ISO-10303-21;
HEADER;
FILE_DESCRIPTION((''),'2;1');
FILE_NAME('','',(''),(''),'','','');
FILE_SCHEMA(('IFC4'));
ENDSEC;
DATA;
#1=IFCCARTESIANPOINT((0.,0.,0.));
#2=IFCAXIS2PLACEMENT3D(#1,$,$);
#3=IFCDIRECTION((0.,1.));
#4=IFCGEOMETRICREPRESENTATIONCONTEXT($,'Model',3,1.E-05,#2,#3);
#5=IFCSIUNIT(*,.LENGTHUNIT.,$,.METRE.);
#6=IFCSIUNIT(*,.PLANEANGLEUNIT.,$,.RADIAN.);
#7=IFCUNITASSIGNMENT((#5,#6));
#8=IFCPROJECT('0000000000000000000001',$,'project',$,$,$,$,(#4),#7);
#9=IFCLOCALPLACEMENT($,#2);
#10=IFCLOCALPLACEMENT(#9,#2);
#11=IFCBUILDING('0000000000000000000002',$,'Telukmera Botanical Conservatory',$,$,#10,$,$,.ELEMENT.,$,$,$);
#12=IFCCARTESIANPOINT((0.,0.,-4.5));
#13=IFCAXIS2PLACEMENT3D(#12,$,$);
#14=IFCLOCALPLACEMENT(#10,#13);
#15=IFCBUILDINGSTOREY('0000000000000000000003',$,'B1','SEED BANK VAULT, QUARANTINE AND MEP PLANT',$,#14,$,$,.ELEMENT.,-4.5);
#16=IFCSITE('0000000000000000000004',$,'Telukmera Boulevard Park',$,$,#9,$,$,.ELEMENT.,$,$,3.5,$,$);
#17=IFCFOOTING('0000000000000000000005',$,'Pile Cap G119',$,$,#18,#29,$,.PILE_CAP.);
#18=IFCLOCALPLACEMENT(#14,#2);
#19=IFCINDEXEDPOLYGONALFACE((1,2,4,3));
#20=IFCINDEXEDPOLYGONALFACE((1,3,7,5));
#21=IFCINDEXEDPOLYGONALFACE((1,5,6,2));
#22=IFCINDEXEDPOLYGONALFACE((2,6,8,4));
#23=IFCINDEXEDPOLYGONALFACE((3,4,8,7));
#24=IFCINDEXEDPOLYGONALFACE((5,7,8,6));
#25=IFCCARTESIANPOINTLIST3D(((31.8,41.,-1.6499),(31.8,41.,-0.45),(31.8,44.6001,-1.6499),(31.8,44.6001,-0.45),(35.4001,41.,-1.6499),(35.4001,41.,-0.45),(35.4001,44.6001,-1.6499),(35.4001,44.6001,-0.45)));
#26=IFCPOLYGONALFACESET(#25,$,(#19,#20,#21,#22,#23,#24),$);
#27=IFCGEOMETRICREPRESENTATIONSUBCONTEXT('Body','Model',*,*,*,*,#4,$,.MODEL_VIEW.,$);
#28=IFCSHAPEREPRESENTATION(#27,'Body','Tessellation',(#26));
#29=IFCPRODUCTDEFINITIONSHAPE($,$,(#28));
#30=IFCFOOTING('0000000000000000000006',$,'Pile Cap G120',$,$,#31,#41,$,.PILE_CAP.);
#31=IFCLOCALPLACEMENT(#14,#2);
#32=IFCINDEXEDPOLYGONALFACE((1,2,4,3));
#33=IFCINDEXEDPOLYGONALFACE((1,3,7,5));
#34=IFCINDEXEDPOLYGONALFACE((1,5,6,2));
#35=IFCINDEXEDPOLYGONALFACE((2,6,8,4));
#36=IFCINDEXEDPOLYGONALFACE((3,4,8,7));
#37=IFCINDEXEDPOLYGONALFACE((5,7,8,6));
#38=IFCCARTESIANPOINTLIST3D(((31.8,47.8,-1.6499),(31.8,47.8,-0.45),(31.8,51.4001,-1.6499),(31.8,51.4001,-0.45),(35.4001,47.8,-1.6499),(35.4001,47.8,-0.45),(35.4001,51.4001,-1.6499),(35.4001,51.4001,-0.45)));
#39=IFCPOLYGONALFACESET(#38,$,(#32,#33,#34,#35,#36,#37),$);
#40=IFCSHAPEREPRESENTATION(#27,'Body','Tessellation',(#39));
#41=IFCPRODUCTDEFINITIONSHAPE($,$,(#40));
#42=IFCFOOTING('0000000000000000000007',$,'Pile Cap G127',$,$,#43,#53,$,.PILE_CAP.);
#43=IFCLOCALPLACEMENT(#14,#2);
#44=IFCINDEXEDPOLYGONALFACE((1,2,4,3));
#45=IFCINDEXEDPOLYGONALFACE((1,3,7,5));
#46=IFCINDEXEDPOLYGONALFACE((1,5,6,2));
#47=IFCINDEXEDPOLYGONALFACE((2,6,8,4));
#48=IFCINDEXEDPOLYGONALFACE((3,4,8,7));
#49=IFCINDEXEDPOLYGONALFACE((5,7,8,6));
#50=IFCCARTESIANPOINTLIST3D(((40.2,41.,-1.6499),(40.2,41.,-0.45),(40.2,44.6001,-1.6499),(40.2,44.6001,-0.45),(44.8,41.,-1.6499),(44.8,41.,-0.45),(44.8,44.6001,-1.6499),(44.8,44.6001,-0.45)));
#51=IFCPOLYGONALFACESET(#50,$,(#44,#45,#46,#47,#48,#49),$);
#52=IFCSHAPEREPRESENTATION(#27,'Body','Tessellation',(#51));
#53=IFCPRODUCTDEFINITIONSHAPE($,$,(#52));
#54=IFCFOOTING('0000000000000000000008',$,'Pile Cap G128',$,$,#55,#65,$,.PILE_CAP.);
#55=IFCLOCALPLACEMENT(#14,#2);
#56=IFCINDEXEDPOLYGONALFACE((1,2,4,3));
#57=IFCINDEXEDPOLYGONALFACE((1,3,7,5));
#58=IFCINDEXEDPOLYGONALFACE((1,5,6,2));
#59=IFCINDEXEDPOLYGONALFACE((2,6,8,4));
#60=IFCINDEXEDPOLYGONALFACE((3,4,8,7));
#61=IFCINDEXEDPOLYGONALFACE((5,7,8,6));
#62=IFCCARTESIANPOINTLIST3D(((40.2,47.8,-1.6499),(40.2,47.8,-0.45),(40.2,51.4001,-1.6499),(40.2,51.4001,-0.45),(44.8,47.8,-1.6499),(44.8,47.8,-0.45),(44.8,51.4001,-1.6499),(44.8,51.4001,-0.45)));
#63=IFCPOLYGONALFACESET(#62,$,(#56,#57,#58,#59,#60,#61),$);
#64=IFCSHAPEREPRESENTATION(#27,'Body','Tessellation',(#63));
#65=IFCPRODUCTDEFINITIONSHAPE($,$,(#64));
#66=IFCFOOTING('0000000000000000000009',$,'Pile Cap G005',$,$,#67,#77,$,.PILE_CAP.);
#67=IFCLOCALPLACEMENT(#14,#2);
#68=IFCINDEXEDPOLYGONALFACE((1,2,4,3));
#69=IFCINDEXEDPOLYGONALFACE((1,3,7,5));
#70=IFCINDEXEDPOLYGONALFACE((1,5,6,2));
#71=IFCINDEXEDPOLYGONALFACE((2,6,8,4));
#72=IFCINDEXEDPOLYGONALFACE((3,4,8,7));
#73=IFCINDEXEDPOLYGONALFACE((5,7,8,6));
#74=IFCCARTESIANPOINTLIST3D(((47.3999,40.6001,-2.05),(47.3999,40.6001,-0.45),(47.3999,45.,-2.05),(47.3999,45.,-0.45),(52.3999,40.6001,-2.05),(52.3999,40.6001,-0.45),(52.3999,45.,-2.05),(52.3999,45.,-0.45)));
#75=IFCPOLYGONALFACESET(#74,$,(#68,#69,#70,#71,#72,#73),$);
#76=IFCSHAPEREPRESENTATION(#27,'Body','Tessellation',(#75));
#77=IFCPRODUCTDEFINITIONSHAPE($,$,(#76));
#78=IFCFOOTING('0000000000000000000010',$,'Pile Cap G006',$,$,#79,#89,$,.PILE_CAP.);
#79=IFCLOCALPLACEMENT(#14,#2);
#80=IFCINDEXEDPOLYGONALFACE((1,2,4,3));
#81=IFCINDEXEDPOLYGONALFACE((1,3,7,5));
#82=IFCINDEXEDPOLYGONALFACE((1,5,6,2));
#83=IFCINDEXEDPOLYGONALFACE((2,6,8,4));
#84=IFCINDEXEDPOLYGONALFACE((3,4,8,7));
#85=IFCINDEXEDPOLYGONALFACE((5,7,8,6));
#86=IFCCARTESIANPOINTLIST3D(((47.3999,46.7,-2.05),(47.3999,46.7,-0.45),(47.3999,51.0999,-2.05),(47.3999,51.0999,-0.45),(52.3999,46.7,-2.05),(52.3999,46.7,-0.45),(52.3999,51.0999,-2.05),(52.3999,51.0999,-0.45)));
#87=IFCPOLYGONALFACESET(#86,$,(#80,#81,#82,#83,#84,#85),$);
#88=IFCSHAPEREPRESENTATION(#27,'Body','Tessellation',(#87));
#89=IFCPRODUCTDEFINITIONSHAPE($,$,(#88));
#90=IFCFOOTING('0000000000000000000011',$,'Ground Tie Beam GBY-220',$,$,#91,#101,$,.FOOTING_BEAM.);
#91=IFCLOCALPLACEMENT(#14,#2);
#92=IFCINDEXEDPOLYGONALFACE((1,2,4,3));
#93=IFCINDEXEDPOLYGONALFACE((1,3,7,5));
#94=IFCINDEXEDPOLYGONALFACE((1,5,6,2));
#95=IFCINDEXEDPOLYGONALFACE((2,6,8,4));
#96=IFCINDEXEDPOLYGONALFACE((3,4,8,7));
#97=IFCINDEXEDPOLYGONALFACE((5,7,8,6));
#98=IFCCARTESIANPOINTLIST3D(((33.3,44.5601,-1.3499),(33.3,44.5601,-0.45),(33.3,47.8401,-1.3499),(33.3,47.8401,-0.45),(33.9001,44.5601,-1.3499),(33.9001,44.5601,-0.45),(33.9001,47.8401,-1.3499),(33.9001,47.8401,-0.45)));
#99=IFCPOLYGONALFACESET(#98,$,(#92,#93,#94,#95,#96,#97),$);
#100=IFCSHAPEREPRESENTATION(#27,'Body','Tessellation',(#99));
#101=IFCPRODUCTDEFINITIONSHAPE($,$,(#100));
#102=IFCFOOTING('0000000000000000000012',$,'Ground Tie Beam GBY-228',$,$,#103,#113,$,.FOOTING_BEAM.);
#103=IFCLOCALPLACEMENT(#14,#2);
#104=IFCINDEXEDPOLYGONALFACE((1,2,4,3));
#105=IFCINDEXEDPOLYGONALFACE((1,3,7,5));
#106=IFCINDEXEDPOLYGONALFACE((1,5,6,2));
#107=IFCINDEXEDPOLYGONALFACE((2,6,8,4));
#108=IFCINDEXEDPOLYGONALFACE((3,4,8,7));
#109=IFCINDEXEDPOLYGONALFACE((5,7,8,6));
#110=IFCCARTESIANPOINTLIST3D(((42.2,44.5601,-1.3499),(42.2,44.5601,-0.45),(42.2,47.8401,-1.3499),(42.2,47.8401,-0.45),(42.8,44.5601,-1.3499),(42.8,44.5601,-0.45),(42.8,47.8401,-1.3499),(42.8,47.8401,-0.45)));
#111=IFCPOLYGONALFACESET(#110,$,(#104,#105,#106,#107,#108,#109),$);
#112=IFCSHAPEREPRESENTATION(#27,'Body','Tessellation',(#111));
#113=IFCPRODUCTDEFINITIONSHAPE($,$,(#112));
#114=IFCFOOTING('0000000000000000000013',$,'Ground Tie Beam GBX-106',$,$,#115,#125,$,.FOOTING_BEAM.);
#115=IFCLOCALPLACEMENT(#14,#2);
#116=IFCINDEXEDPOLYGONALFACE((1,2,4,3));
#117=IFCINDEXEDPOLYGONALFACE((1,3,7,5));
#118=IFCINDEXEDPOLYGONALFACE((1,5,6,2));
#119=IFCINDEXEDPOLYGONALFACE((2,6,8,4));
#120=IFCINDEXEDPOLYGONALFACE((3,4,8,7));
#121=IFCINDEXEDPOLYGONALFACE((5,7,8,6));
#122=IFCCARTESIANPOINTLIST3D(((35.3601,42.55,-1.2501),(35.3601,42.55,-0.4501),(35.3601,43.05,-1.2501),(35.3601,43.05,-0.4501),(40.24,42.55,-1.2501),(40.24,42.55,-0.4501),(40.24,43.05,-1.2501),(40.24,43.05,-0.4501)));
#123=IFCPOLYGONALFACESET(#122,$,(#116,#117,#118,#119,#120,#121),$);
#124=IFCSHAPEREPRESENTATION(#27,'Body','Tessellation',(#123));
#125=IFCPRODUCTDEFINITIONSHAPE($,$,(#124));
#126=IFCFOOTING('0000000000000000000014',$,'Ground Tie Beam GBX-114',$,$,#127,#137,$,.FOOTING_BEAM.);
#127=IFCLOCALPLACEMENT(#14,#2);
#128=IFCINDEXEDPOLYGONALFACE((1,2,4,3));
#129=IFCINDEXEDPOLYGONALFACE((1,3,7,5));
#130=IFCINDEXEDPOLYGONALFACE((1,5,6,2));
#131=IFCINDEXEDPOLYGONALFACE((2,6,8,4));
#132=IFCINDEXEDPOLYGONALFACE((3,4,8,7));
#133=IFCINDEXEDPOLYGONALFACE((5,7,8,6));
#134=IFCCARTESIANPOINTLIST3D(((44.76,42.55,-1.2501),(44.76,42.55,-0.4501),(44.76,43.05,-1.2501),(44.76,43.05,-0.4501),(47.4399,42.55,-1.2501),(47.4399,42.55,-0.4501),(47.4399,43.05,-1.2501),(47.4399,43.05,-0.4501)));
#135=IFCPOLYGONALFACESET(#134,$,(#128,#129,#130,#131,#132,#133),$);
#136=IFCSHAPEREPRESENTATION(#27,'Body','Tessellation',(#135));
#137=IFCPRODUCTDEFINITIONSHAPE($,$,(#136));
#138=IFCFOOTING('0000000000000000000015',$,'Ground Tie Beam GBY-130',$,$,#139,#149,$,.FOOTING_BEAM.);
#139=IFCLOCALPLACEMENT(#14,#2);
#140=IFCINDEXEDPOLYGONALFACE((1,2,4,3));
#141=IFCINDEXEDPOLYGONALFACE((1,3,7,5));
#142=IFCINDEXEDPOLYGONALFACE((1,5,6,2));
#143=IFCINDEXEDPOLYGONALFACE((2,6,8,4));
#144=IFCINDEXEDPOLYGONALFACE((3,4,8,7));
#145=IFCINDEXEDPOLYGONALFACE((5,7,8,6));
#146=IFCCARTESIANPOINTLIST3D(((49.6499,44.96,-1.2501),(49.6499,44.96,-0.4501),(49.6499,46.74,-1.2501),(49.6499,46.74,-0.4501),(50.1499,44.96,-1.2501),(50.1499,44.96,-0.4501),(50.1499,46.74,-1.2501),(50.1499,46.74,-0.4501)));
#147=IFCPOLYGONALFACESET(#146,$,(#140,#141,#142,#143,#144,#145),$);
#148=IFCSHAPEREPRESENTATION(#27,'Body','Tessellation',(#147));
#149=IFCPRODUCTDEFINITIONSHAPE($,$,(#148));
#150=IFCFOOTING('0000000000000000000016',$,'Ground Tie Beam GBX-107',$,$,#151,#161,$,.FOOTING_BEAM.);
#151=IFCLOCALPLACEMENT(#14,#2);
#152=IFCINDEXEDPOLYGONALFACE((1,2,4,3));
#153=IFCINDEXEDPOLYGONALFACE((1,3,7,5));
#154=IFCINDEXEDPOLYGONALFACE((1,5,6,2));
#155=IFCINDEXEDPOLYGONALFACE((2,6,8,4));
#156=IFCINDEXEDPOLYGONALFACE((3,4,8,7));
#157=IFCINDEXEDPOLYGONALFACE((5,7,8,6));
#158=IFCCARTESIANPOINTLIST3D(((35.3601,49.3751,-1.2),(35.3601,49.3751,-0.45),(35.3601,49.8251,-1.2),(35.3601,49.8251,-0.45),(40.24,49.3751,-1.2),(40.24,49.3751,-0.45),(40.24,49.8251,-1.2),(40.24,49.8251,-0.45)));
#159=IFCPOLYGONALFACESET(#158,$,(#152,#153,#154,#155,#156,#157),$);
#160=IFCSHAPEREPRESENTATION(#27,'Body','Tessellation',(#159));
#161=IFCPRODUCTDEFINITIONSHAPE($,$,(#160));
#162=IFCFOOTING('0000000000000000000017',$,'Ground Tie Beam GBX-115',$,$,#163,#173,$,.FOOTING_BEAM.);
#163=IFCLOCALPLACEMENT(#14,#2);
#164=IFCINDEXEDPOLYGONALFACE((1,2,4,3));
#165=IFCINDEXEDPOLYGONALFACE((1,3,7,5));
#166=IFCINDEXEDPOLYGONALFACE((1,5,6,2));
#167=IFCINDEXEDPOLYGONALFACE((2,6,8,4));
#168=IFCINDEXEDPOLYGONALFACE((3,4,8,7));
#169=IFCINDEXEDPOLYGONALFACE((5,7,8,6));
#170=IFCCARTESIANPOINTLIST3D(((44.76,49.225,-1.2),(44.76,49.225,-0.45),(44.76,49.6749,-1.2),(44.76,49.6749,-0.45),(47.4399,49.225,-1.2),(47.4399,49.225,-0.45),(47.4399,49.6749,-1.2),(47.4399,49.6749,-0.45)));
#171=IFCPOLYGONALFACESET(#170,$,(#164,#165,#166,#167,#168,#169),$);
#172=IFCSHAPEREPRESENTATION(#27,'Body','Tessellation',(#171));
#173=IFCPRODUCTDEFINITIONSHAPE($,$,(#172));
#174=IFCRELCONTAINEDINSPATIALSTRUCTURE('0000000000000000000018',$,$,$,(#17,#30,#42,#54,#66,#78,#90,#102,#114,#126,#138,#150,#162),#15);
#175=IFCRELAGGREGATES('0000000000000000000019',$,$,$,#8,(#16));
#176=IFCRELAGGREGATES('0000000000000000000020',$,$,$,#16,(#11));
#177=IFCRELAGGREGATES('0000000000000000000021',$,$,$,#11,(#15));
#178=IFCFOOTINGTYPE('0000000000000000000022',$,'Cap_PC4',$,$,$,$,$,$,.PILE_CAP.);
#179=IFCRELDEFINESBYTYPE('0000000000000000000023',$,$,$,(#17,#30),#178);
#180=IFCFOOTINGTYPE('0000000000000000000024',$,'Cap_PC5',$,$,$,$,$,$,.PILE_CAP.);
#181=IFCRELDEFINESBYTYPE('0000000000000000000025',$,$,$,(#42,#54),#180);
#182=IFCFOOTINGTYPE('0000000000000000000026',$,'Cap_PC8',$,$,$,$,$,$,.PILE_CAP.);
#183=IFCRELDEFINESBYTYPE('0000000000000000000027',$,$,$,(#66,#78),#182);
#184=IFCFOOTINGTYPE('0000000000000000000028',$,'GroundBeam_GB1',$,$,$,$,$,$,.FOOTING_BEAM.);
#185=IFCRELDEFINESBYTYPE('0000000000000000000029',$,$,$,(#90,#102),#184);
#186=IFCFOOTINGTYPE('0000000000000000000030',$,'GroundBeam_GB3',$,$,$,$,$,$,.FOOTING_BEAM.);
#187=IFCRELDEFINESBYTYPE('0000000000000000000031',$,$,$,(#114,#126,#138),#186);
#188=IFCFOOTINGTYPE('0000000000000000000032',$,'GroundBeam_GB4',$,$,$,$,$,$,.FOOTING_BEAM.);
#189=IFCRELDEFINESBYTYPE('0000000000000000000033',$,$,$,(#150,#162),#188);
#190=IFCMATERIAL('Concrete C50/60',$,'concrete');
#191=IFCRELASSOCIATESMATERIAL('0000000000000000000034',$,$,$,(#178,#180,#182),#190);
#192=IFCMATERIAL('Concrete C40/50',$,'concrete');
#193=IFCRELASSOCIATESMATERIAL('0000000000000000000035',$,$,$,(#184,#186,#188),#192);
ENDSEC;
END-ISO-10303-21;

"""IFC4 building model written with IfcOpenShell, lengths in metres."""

from ifc_helpers import new_model, si_unit, direction, frame, origin, origin_2d, place, context, subcontext, project, spatial, rectangle, extrude, material, material_profile, profile_set, type_object, element, save


model = new_model("IFC4")

# Units and contexts
model_context = context("Model", 3, precision=1e-05, world=origin(), true_north=direction((0.0, 1.0)))
body_context = subcontext(model_context, "Body", "Model", "MODEL_VIEW")
ifc_project = project(units=[si_unit("LENGTHUNIT", "METRE"), si_unit("PLANEANGLEUNIT", "RADIAN")], contexts=[model_context])

# Site, building, storey
site_placement = place(None, origin())
site = spatial("IfcSite", under=ifc_project, at=site_placement, Name="Telukmera Boulevard Park", CompositionType="ELEMENT", RefElevation=3.5)
building_placement = place(site_placement, origin())
building = spatial("IfcBuilding", under=site, at=building_placement, Name="Telukmera Botanical Conservatory", CompositionType="ELEMENT")
storey_placement = place(building_placement, frame((0.0, 0.0, -4.5)))
storey = spatial("IfcBuildingStorey", under=building, at=storey_placement, Name="B1", Description="SEED BANK VAULT, QUARANTINE AND MEP PLANT", CompositionType="ELEMENT", Elevation=-4.5)

# Footings
ifc_material_1 = material(Name="Concrete C50/60", Category="concrete")
footing_type_1 = type_object("IfcFootingType", Name="Cap_PC4", PredefinedType="PILE_CAP", material=ifc_material_1)
for number, where, z_axis, x_axis, name in (
    (1, (33.6001, 42.8, -1.6499), (0.0, 0.0, 1.0), (1.0, 0.0, 0.0), "Pile Cap G119"),
    (2, (33.6001, 49.6001, -1.6499), (0.0, 0.0, 1.0), (1.0, 0.0, 0.0), "Pile Cap G120"),
):
    element("IfcFooting", number, at=place(storey_placement, frame(where, z_axis=z_axis, x_axis=x_axis)), inside=storey, type_object=footing_type_1, Name=name, PredefinedType="PILE_CAP", context=body_context, shape_type="SweptSolid", body=[
        extrude(rectangle(XDim=3.6001, YDim=3.6001, at=origin_2d()), origin(), (0.0, 0.0, 1.0), 1.2),
    ])
footing_type_2 = type_object("IfcFootingType", Name="Cap_PC5", PredefinedType="PILE_CAP", material=ifc_material_1)
for number, where, z_axis, x_axis, name in (
    (3, (42.5, 42.8, -1.6499), (0.0, 0.0, 1.0), (1.0, 0.0, 0.0), "Pile Cap G127"),
    (4, (42.5, 49.6001, -1.6499), (0.0, 0.0, 1.0), (1.0, 0.0, 0.0), "Pile Cap G128"),
):
    element("IfcFooting", number, at=place(storey_placement, frame(where, z_axis=z_axis, x_axis=x_axis)), inside=storey, type_object=footing_type_2, Name=name, PredefinedType="PILE_CAP", context=body_context, shape_type="SweptSolid", body=[
        extrude(rectangle(XDim=4.6001, YDim=3.6001, at=origin_2d()), origin(), (0.0, 0.0, 1.0), 1.2),
    ])
footing_type_3 = type_object("IfcFootingType", Name="Cap_PC8", PredefinedType="PILE_CAP", material=ifc_material_1)
for number, where, z_axis, x_axis, name in (
    (5, (49.8999, 42.8, -2.05), (0.0, 0.0, 1.0), (1.0, 0.0, 0.0), "Pile Cap G005"),
    (6, (49.8999, 48.8999, -2.05), (0.0, 0.0, 1.0), (1.0, 0.0, 0.0), "Pile Cap G006"),
):
    element("IfcFooting", number, at=place(storey_placement, frame(where, z_axis=z_axis, x_axis=x_axis)), inside=storey, type_object=footing_type_3, Name=name, PredefinedType="PILE_CAP", context=body_context, shape_type="SweptSolid", body=[
        extrude(rectangle(XDim=5.0, YDim=4.3999, at=origin_2d()), origin(), (0.0, 0.0, 1.0), 1.6001),
    ])
ifc_material_2 = material(Name="Concrete C40/50", Category="concrete")
ifc_material_profile_1 = material_profile(ifc_material_2, rectangle(XDim=0.6001, YDim=0.8999, at=origin_2d()), Name="RC 600x900")
ifc_profile_set_1 = profile_set([ifc_material_profile_1], Name="Concrete C40/50")
footing_type_4 = type_object("IfcFootingType", Name="GroundBeam_GB1", PredefinedType="FOOTING_BEAM", material=ifc_profile_set_1)
for number, where, z_axis, x_axis, name in (
    (7, (33.6001, 44.5601, -0.8999), (0.0, 1.0, 0.0), (-1.0, 0.0, 0.0), "Ground Tie Beam GBY-220"),
    (8, (42.5, 44.5601, -0.8999), (0.0, 1.0, 0.0), (-1.0, 0.0, 0.0), "Ground Tie Beam GBY-228"),
):
    element("IfcFooting", number, at=place(storey_placement, frame(where, z_axis=z_axis, x_axis=x_axis)), inside=storey, type_object=footing_type_4, Name=name, PredefinedType="FOOTING_BEAM", context=body_context, shape_type="SweptSolid", body=[
        extrude(rectangle(XDim=0.6001, YDim=0.8999, at=origin_2d()), origin(), (0.0, 0.0, 1.0), 3.28),
    ])
ifc_material_profile_2 = material_profile(ifc_material_2, rectangle(XDim=0.5, YDim=0.8, at=origin_2d()), Name="RC 500x800")
ifc_profile_set_2 = profile_set([ifc_material_profile_2], Name="Concrete C40/50")
footing_type_5 = type_object("IfcFootingType", Name="GroundBeam_GB3", PredefinedType="FOOTING_BEAM", material=ifc_profile_set_2)
footing_1_placement = place(storey_placement, frame((35.3601, 42.8, -0.8501), z_axis=(1.0, 0.0, 0.0), x_axis=(0.0, 1.0, 0.0)))
element("IfcFooting", 9, at=footing_1_placement, inside=storey, type_object=footing_type_5, Name="Ground Tie Beam GBX-106", PredefinedType="FOOTING_BEAM", context=body_context, shape_type="SweptSolid", body=[
    extrude(rectangle(XDim=0.5, YDim=0.8, at=origin_2d()), origin(), (0.0, 0.0, 1.0), 4.8799),
])
footing_2_placement = place(storey_placement, frame((44.76, 42.8, -0.8501), z_axis=(1.0, 0.0, 0.0), x_axis=(0.0, 1.0, 0.0)))
element("IfcFooting", 10, at=footing_2_placement, inside=storey, type_object=footing_type_5, Name="Ground Tie Beam GBX-114", PredefinedType="FOOTING_BEAM", context=body_context, shape_type="SweptSolid", body=[
    extrude(rectangle(XDim=0.5, YDim=0.8, at=origin_2d()), origin(), (0.0, 0.0, 1.0), 2.6799),
])
footing_3_placement = place(storey_placement, frame((49.8999, 44.96, -0.8501), z_axis=(0.0, 1.0, 0.0), x_axis=(-1.0, 0.0, 0.0)))
element("IfcFooting", 11, at=footing_3_placement, inside=storey, type_object=footing_type_5, Name="Ground Tie Beam GBY-130", PredefinedType="FOOTING_BEAM", context=body_context, shape_type="SweptSolid", body=[
    extrude(rectangle(XDim=0.5, YDim=0.8, at=origin_2d()), origin(), (0.0, 0.0, 1.0), 1.78),
])
ifc_material_profile_3 = material_profile(ifc_material_2, rectangle(XDim=0.45, YDim=0.75, at=origin_2d()), Name="RC 450x750")
ifc_profile_set_3 = profile_set([ifc_material_profile_3], Name="Concrete C40/50")
footing_type_6 = type_object("IfcFootingType", Name="GroundBeam_GB4", PredefinedType="FOOTING_BEAM", material=ifc_profile_set_3)
footing_4_placement = place(storey_placement, frame((35.3601, 49.6001, -0.825), z_axis=(1.0, 0.0, 0.0), x_axis=(0.0, 1.0, 0.0)))
element("IfcFooting", 12, at=footing_4_placement, inside=storey, type_object=footing_type_6, Name="Ground Tie Beam GBX-107", PredefinedType="FOOTING_BEAM", context=body_context, shape_type="SweptSolid", body=[
    extrude(rectangle(XDim=0.45, YDim=0.75, at=origin_2d()), origin(), (0.0, 0.0, 1.0), 4.8799),
])
footing_5_placement = place(storey_placement, frame((44.76, 49.45, -0.825), z_axis=(1.0, 0.0, 0.0), x_axis=(0.0, 1.0, 0.0)))
element("IfcFooting", 13, at=footing_5_placement, inside=storey, type_object=footing_type_6, Name="Ground Tie Beam GBX-115", PredefinedType="FOOTING_BEAM", context=body_context, shape_type="SweptSolid", body=[
    extrude(rectangle(XDim=0.45, YDim=0.75, at=origin_2d()), origin(), (0.0, 0.0, 1.0), 2.6799),
])

save(model, "model.ifc")
